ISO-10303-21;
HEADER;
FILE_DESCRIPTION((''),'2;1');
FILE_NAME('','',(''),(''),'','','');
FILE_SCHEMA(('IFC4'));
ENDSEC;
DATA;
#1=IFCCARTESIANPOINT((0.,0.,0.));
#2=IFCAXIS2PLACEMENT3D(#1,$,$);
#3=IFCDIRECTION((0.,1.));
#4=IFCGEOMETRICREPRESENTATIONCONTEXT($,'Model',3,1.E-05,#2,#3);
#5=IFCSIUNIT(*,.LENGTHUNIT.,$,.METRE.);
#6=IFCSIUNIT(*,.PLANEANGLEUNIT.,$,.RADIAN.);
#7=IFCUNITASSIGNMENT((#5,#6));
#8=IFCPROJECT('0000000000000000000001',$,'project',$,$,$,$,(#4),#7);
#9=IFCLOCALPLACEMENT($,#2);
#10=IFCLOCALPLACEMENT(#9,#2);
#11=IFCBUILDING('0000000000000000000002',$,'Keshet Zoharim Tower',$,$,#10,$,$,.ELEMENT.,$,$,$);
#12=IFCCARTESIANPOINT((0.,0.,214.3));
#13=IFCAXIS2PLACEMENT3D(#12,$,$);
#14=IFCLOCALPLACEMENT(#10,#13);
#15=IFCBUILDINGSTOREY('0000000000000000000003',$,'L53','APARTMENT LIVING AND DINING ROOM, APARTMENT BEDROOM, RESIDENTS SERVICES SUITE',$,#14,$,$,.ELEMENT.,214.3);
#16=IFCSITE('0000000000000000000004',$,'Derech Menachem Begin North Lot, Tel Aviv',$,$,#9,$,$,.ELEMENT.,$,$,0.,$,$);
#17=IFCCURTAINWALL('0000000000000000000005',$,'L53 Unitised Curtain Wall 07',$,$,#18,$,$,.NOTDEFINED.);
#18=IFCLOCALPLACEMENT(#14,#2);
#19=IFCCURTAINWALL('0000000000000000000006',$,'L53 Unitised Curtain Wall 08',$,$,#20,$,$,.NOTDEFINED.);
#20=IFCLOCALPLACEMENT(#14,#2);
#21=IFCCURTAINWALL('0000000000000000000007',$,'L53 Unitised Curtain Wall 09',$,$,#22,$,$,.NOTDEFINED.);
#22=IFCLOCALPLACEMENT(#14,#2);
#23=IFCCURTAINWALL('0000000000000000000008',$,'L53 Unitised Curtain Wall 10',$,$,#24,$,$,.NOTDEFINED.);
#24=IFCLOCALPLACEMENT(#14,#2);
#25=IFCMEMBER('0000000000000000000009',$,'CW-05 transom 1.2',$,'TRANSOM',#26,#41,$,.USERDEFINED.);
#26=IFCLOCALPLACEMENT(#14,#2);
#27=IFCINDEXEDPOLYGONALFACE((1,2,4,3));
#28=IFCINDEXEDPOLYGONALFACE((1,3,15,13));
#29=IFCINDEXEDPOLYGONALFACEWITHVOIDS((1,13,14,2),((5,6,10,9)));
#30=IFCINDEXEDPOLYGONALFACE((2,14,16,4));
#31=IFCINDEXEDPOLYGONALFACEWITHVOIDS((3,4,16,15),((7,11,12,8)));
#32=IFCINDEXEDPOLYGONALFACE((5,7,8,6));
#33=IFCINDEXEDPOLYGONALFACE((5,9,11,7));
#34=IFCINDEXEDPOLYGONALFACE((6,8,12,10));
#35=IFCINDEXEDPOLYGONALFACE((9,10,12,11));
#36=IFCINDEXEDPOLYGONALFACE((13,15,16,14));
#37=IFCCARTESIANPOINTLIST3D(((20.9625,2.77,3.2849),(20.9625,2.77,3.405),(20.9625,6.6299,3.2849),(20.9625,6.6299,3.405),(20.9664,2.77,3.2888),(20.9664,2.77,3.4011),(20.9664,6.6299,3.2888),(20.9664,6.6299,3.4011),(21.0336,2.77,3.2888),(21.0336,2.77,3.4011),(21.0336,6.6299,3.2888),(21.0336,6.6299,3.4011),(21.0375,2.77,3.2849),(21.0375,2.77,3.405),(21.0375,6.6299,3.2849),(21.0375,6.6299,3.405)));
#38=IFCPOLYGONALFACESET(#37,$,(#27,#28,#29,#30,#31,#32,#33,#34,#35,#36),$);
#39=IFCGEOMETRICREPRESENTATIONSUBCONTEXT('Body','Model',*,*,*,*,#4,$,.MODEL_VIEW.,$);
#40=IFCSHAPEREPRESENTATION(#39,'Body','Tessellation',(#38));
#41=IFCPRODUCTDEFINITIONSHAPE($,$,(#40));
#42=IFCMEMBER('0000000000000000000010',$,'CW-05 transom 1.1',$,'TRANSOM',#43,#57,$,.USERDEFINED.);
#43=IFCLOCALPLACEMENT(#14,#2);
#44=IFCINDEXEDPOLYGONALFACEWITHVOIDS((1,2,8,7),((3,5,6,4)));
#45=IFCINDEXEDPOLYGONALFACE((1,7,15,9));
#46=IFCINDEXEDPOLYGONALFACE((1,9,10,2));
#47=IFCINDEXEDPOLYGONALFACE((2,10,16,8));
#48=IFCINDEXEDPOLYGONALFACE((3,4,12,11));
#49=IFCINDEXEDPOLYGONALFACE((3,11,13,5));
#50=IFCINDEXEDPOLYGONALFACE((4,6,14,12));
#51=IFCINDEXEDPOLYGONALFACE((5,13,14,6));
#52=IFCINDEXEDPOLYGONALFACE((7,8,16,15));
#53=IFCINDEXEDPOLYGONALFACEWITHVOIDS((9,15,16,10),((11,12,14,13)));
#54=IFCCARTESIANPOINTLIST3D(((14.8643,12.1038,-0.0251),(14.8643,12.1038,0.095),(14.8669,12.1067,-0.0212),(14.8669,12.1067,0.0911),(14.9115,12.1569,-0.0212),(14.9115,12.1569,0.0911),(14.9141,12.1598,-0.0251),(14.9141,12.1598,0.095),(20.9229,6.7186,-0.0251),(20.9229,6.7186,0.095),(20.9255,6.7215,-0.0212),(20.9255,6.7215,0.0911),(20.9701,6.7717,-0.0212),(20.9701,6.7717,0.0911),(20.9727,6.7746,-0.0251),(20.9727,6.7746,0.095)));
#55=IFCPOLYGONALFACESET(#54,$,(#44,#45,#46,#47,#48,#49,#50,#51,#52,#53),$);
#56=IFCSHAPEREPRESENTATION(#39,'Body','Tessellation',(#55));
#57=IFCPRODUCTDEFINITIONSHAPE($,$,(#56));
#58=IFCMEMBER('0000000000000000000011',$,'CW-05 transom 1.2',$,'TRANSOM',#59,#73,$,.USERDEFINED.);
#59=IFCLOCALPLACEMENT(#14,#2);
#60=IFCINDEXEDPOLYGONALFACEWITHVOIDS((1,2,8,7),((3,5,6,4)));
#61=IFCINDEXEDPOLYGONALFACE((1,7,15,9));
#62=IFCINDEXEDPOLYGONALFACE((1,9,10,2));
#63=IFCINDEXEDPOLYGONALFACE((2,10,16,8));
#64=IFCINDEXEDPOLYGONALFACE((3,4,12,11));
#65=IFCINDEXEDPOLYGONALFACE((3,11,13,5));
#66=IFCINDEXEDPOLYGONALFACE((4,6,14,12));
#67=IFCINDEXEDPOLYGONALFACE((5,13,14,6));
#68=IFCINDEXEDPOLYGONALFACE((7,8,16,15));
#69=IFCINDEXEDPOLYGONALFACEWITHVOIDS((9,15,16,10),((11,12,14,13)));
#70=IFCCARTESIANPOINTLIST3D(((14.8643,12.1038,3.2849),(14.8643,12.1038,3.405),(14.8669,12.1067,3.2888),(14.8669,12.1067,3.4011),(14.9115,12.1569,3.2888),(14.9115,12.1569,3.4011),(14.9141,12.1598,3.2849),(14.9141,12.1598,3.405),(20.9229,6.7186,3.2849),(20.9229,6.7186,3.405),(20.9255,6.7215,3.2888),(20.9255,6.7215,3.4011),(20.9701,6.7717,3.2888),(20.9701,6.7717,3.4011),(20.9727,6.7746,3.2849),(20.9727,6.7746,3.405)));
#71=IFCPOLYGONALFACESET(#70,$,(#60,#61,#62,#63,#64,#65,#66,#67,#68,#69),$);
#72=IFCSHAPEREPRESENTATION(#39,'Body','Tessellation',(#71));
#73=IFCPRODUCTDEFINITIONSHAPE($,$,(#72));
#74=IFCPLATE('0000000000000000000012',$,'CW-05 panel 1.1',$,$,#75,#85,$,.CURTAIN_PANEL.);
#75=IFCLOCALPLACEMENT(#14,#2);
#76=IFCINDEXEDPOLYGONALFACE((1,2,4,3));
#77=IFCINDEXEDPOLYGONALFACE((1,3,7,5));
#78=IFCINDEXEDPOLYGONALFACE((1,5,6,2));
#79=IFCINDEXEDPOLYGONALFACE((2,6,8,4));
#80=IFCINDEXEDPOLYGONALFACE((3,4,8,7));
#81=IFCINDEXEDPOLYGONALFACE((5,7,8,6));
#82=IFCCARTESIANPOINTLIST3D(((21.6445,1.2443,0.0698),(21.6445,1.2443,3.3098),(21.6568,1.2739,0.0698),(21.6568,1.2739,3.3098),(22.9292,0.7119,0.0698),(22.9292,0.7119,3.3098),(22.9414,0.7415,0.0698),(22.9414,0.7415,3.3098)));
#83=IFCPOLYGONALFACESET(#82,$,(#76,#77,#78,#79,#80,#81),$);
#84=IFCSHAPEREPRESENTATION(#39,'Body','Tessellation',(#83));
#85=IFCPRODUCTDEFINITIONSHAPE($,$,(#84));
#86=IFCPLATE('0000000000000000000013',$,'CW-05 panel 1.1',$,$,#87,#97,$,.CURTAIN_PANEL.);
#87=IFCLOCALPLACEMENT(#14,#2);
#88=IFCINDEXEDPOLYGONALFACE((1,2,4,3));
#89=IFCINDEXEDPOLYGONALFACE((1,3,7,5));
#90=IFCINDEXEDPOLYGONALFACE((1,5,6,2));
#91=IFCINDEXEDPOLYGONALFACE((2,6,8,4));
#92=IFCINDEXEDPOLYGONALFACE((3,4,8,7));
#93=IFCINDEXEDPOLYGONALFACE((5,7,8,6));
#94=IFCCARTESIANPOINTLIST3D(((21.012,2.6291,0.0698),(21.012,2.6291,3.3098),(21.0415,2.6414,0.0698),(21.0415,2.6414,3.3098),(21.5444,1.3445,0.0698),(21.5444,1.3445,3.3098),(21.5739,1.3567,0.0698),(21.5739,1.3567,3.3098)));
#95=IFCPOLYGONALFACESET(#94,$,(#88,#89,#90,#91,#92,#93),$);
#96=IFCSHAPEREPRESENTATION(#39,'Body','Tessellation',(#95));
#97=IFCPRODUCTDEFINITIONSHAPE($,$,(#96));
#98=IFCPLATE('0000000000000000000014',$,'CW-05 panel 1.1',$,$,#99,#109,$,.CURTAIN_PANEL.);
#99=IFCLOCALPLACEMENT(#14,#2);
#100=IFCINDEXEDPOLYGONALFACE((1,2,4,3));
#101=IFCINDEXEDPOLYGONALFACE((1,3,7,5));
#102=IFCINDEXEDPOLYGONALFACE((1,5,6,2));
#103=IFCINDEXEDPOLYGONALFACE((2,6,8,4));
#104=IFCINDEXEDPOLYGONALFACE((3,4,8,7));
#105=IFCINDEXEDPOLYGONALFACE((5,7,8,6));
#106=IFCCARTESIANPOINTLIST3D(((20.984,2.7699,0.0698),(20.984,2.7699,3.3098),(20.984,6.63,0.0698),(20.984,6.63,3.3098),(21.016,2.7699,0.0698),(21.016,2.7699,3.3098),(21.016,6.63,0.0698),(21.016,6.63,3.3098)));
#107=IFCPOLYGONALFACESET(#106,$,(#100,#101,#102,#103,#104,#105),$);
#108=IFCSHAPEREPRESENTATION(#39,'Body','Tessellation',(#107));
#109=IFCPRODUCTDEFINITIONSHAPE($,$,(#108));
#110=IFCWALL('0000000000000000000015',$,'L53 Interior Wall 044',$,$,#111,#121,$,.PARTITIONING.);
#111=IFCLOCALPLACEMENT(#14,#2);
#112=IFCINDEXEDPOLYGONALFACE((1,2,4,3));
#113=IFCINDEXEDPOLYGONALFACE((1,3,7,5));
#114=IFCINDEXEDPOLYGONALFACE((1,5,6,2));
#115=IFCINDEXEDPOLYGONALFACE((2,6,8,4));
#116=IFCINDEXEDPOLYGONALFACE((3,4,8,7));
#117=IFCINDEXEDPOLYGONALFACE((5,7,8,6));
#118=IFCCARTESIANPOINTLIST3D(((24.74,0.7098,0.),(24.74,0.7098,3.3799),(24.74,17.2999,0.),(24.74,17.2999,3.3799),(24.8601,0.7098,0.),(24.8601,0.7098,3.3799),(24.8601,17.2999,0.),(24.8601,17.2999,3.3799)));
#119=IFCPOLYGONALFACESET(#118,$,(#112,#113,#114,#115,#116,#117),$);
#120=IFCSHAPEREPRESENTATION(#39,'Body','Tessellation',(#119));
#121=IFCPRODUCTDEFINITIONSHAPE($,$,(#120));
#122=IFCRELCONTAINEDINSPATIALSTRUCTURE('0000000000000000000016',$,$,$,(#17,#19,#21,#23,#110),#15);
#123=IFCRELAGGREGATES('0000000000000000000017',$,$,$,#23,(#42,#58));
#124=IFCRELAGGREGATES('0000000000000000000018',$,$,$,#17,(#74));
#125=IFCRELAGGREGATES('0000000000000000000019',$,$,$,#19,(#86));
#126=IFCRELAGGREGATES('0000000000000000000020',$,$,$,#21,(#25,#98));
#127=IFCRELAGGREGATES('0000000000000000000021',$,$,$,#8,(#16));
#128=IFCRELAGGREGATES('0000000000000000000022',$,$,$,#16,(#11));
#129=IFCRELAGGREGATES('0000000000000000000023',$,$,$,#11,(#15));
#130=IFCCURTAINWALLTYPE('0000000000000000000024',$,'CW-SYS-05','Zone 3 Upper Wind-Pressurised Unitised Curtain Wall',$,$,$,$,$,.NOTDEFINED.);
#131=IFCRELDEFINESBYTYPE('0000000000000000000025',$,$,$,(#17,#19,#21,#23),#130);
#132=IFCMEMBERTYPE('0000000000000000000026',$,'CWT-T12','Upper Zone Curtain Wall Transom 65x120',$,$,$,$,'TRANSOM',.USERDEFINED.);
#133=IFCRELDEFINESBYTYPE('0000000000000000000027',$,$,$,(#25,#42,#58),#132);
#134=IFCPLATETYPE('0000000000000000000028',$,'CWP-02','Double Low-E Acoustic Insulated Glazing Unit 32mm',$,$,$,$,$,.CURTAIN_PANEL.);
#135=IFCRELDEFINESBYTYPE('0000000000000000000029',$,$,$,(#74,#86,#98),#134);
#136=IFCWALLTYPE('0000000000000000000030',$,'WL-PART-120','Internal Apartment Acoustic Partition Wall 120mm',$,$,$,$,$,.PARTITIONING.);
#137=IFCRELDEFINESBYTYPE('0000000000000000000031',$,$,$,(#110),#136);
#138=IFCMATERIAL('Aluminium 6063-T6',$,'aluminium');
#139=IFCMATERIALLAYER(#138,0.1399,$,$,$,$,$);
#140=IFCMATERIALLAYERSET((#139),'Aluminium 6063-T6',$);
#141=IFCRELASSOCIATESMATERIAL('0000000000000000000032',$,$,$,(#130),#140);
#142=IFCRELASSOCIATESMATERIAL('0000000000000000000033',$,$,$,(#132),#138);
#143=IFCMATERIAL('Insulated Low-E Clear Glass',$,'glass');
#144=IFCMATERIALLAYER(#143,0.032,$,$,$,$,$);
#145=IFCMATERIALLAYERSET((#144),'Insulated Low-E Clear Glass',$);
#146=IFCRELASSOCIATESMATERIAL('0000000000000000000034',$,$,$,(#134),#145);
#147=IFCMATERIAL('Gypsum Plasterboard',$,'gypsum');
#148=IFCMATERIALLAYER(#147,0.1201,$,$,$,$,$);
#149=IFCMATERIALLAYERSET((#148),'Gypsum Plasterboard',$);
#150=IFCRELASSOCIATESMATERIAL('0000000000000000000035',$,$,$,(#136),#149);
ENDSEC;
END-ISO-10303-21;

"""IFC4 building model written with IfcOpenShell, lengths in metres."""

from ifc_helpers import new_model, si_unit, direction, frame, frame_2d, origin, origin_2d, place, context, subcontext, project, spatial, rectangle, hollow_rectangle, extrude, material, layer, layer_set, material_profile, profile_set, type_object, element, aggregate, save


model = new_model("IFC4")

# Units and contexts
model_context = context("Model", 3, precision=1e-05, world=origin(), true_north=direction((0.0, 1.0)))
body_context = subcontext(model_context, "Body", "Model", "MODEL_VIEW")
ifc_project = project(units=[si_unit("LENGTHUNIT", "METRE"), si_unit("PLANEANGLEUNIT", "RADIAN")], contexts=[model_context])

# Site, building, storey
site_placement = place(None, origin())
site = spatial("IfcSite", under=ifc_project, at=site_placement, Name="Derech Menachem Begin North Lot, Tel Aviv", CompositionType="ELEMENT", RefElevation=0.0)
building_placement = place(site_placement, origin())
building = spatial("IfcBuilding", under=site, at=building_placement, Name="Keshet Zoharim Tower", CompositionType="ELEMENT")
storey_placement = place(building_placement, frame((0.0, 0.0, 214.3)))
storey = spatial("IfcBuildingStorey", under=building, at=storey_placement, Name="L53", Description="APARTMENT LIVING AND DINING ROOM, APARTMENT BEDROOM, RESIDENTS SERVICES SUITE", CompositionType="ELEMENT", Elevation=214.3)

# Shared definitions
ifc_material_1 = material(Name="Aluminium 6063-T6", Category="aluminium")
ifc_layer_1 = layer(ifc_material_1, 0.1399)
ifc_layer_set_1 = layer_set([ifc_layer_1], Name="Aluminium 6063-T6")
curtain_wall_type = type_object("IfcCurtainWallType", Name="CW-SYS-05", Description="Zone 3 Upper Wind-Pressurised Unitised Curtain Wall", PredefinedType="NOTDEFINED", material=ifc_layer_set_1)

# Curtain walls
curtain_wall_1_placement = place(storey_placement, origin())
curtain_wall_1 = element("IfcCurtainWall", 1, at=curtain_wall_1_placement, inside=storey, type_object=curtain_wall_type, Name="L53 Unitised Curtain Wall 07", PredefinedType="NOTDEFINED")
curtain_wall_2_placement = place(storey_placement, origin())
curtain_wall_2 = element("IfcCurtainWall", 2, at=curtain_wall_2_placement, inside=storey, type_object=curtain_wall_type, Name="L53 Unitised Curtain Wall 08", PredefinedType="NOTDEFINED")
curtain_wall_3_placement = place(storey_placement, origin())
curtain_wall_3 = element("IfcCurtainWall", 3, at=curtain_wall_3_placement, inside=storey, type_object=curtain_wall_type, Name="L53 Unitised Curtain Wall 09", PredefinedType="NOTDEFINED")

# Curtain wall
curtain_wall_4_placement = place(storey_placement, origin())
curtain_wall_4 = element("IfcCurtainWall", 4, at=curtain_wall_4_placement, inside=storey, type_object=curtain_wall_type, Name="L53 Unitised Curtain Wall 10", PredefinedType="NOTDEFINED")

# Members
ifc_material_profile_1 = material_profile(ifc_material_1, hollow_rectangle(XDim=0.075, YDim=0.1201, WallThickness=0.0039, at=origin_2d()), Name="TRN-75x120")
ifc_profile_set_1 = profile_set([ifc_material_profile_1], Name="Aluminium 6063-T6")
member_type_1 = type_object("IfcMemberType", Name="CWT-T12", Description="Upper Zone Curtain Wall Transom 65x120", ElementType="TRANSOM", PredefinedType="USERDEFINED", material=ifc_profile_set_1)
member_1_placement = place(storey_placement, frame((21.0, 2.77, 3.345), z_axis=(0.0, 1.0, 0.0), x_axis=(-1.0, 0.0, 0.0)))
member_1 = element("IfcMember", 5, at=member_1_placement, type_object=member_type_1, Name="CW-05 transom 1.2", ObjectType="TRANSOM", PredefinedType="USERDEFINED", context=body_context, shape_type="SweptSolid", body=[
    extrude(hollow_rectangle(XDim=0.075, YDim=0.1201, WallThickness=0.0039, at=origin_2d()), origin(), (0.0, 0.0, 1.0), 3.8599),
])
member_2_placement = place(storey_placement, frame((20.9478, 6.7466, 0.0349), z_axis=(-0.747419, 0.664353, 0.0), x_axis=(-0.664353, -0.747419, 0.0)))
member_2 = element("IfcMember", 6, at=member_2_placement, type_object=member_type_1, Name="CW-05 transom 1.1", ObjectType="TRANSOM", PredefinedType="USERDEFINED", context=body_context, shape_type="SweptSolid", body=[
    extrude(hollow_rectangle(XDim=0.075, YDim=0.1201, WallThickness=0.0039, at=origin_2d()), origin(), (0.0, 0.0, 1.0), 8.106),
])
member_3_placement = place(storey_placement, frame((20.9478, 6.7466, 3.345), z_axis=(-0.747419, 0.664353, 0.0), x_axis=(-0.664353, -0.747419, 0.0)))
member_3 = element("IfcMember", 7, at=member_3_placement, type_object=member_type_1, Name="CW-05 transom 1.2", ObjectType="TRANSOM", PredefinedType="USERDEFINED", context=body_context, shape_type="SweptSolid", body=[
    extrude(hollow_rectangle(XDim=0.075, YDim=0.1201, WallThickness=0.0039, at=origin_2d()), origin(), (0.0, 0.0, 1.0), 8.106),
])
aggregate(curtain_wall_4, [member_2, member_3])

# Plates
ifc_material_2 = material(Name="Insulated Low-E Clear Glass", Category="glass")
ifc_layer_2 = layer(ifc_material_2, 0.032)
ifc_layer_set_2 = layer_set([ifc_layer_2], Name="Insulated Low-E Clear Glass")
plate_type = type_object("IfcPlateType", Name="CWP-02", Description="Double Low-E Acoustic Insulated Glazing Unit 32mm", PredefinedType="CURTAIN_PANEL", material=ifc_layer_set_2)
plate_1_placement = place(storey_placement, frame((22.293, 0.9929, 0.0698), z_axis=(0.0, 0.0, 1.0), x_axis=(-0.92381, 0.382852, 0.0)))
plate_1 = element("IfcPlate", 8, at=plate_1_placement, type_object=plate_type, Name="CW-05 panel 1.1", PredefinedType="CURTAIN_PANEL", context=body_context, shape_type="SweptSolid", body=[
    extrude(rectangle(XDim=1.3906, YDim=0.032, at=origin_2d()), origin(), (0.0, 0.0, 1.0), 3.24),
])
aggregate(curtain_wall_1, [plate_1])
plate_2_placement = place(storey_placement, frame((21.293, 1.9929, 0.0698), z_axis=(0.0, 0.0, 1.0), x_axis=(-0.382852, 0.92381, 0.0)))
plate_2 = element("IfcPlate", 9, at=plate_2_placement, type_object=plate_type, Name="CW-05 panel 1.1", PredefinedType="CURTAIN_PANEL", context=body_context, shape_type="SweptSolid", body=[
    extrude(rectangle(XDim=1.3906, YDim=0.032, at=origin_2d()), origin(), (0.0, 0.0, 1.0), 3.24),
])
aggregate(curtain_wall_2, [plate_2])
plate_3_placement = place(storey_placement, frame((21.0, 4.7, 0.0698), z_axis=(0.0, 0.0, 1.0), x_axis=(0.0, 1.0, 0.0)))
plate_3 = element("IfcPlate", 10, at=plate_3_placement, type_object=plate_type, Name="CW-05 panel 1.1", PredefinedType="CURTAIN_PANEL", context=body_context, shape_type="SweptSolid", body=[
    extrude(rectangle(XDim=3.8601, YDim=0.032, at=origin_2d()), origin(), (0.0, 0.0, 1.0), 3.24),
])
aggregate(curtain_wall_3, [member_1, plate_3])

# Wall
ifc_material_3 = material(Name="Gypsum Plasterboard", Category="gypsum")
ifc_layer_3 = layer(ifc_material_3, 0.1201)
ifc_layer_set_3 = layer_set([ifc_layer_3], Name="Gypsum Plasterboard")
wall_type = type_object("IfcWallType", Name="WL-PART-120", Description="Internal Apartment Acoustic Partition Wall 120mm", PredefinedType="PARTITIONING", material=ifc_layer_set_3)
wall_placement = place(storey_placement, frame((24.8, 0.71, 0.0), z_axis=(0.0, 0.0, 1.0), x_axis=(0.0, 1.0, 0.0)))
element("IfcWall", 11, at=wall_placement, inside=storey, type_object=wall_type, Name="L53 Interior Wall 044", PredefinedType="PARTITIONING", context=body_context, shape_type="SweptSolid", body=[
    extrude(rectangle(XDim=16.5901, YDim=0.1201, at=frame_2d((8.2949, 0.0))), origin(), (0.0, 0.0, 1.0), 3.3799),
])

save(model, "model.ifc")
